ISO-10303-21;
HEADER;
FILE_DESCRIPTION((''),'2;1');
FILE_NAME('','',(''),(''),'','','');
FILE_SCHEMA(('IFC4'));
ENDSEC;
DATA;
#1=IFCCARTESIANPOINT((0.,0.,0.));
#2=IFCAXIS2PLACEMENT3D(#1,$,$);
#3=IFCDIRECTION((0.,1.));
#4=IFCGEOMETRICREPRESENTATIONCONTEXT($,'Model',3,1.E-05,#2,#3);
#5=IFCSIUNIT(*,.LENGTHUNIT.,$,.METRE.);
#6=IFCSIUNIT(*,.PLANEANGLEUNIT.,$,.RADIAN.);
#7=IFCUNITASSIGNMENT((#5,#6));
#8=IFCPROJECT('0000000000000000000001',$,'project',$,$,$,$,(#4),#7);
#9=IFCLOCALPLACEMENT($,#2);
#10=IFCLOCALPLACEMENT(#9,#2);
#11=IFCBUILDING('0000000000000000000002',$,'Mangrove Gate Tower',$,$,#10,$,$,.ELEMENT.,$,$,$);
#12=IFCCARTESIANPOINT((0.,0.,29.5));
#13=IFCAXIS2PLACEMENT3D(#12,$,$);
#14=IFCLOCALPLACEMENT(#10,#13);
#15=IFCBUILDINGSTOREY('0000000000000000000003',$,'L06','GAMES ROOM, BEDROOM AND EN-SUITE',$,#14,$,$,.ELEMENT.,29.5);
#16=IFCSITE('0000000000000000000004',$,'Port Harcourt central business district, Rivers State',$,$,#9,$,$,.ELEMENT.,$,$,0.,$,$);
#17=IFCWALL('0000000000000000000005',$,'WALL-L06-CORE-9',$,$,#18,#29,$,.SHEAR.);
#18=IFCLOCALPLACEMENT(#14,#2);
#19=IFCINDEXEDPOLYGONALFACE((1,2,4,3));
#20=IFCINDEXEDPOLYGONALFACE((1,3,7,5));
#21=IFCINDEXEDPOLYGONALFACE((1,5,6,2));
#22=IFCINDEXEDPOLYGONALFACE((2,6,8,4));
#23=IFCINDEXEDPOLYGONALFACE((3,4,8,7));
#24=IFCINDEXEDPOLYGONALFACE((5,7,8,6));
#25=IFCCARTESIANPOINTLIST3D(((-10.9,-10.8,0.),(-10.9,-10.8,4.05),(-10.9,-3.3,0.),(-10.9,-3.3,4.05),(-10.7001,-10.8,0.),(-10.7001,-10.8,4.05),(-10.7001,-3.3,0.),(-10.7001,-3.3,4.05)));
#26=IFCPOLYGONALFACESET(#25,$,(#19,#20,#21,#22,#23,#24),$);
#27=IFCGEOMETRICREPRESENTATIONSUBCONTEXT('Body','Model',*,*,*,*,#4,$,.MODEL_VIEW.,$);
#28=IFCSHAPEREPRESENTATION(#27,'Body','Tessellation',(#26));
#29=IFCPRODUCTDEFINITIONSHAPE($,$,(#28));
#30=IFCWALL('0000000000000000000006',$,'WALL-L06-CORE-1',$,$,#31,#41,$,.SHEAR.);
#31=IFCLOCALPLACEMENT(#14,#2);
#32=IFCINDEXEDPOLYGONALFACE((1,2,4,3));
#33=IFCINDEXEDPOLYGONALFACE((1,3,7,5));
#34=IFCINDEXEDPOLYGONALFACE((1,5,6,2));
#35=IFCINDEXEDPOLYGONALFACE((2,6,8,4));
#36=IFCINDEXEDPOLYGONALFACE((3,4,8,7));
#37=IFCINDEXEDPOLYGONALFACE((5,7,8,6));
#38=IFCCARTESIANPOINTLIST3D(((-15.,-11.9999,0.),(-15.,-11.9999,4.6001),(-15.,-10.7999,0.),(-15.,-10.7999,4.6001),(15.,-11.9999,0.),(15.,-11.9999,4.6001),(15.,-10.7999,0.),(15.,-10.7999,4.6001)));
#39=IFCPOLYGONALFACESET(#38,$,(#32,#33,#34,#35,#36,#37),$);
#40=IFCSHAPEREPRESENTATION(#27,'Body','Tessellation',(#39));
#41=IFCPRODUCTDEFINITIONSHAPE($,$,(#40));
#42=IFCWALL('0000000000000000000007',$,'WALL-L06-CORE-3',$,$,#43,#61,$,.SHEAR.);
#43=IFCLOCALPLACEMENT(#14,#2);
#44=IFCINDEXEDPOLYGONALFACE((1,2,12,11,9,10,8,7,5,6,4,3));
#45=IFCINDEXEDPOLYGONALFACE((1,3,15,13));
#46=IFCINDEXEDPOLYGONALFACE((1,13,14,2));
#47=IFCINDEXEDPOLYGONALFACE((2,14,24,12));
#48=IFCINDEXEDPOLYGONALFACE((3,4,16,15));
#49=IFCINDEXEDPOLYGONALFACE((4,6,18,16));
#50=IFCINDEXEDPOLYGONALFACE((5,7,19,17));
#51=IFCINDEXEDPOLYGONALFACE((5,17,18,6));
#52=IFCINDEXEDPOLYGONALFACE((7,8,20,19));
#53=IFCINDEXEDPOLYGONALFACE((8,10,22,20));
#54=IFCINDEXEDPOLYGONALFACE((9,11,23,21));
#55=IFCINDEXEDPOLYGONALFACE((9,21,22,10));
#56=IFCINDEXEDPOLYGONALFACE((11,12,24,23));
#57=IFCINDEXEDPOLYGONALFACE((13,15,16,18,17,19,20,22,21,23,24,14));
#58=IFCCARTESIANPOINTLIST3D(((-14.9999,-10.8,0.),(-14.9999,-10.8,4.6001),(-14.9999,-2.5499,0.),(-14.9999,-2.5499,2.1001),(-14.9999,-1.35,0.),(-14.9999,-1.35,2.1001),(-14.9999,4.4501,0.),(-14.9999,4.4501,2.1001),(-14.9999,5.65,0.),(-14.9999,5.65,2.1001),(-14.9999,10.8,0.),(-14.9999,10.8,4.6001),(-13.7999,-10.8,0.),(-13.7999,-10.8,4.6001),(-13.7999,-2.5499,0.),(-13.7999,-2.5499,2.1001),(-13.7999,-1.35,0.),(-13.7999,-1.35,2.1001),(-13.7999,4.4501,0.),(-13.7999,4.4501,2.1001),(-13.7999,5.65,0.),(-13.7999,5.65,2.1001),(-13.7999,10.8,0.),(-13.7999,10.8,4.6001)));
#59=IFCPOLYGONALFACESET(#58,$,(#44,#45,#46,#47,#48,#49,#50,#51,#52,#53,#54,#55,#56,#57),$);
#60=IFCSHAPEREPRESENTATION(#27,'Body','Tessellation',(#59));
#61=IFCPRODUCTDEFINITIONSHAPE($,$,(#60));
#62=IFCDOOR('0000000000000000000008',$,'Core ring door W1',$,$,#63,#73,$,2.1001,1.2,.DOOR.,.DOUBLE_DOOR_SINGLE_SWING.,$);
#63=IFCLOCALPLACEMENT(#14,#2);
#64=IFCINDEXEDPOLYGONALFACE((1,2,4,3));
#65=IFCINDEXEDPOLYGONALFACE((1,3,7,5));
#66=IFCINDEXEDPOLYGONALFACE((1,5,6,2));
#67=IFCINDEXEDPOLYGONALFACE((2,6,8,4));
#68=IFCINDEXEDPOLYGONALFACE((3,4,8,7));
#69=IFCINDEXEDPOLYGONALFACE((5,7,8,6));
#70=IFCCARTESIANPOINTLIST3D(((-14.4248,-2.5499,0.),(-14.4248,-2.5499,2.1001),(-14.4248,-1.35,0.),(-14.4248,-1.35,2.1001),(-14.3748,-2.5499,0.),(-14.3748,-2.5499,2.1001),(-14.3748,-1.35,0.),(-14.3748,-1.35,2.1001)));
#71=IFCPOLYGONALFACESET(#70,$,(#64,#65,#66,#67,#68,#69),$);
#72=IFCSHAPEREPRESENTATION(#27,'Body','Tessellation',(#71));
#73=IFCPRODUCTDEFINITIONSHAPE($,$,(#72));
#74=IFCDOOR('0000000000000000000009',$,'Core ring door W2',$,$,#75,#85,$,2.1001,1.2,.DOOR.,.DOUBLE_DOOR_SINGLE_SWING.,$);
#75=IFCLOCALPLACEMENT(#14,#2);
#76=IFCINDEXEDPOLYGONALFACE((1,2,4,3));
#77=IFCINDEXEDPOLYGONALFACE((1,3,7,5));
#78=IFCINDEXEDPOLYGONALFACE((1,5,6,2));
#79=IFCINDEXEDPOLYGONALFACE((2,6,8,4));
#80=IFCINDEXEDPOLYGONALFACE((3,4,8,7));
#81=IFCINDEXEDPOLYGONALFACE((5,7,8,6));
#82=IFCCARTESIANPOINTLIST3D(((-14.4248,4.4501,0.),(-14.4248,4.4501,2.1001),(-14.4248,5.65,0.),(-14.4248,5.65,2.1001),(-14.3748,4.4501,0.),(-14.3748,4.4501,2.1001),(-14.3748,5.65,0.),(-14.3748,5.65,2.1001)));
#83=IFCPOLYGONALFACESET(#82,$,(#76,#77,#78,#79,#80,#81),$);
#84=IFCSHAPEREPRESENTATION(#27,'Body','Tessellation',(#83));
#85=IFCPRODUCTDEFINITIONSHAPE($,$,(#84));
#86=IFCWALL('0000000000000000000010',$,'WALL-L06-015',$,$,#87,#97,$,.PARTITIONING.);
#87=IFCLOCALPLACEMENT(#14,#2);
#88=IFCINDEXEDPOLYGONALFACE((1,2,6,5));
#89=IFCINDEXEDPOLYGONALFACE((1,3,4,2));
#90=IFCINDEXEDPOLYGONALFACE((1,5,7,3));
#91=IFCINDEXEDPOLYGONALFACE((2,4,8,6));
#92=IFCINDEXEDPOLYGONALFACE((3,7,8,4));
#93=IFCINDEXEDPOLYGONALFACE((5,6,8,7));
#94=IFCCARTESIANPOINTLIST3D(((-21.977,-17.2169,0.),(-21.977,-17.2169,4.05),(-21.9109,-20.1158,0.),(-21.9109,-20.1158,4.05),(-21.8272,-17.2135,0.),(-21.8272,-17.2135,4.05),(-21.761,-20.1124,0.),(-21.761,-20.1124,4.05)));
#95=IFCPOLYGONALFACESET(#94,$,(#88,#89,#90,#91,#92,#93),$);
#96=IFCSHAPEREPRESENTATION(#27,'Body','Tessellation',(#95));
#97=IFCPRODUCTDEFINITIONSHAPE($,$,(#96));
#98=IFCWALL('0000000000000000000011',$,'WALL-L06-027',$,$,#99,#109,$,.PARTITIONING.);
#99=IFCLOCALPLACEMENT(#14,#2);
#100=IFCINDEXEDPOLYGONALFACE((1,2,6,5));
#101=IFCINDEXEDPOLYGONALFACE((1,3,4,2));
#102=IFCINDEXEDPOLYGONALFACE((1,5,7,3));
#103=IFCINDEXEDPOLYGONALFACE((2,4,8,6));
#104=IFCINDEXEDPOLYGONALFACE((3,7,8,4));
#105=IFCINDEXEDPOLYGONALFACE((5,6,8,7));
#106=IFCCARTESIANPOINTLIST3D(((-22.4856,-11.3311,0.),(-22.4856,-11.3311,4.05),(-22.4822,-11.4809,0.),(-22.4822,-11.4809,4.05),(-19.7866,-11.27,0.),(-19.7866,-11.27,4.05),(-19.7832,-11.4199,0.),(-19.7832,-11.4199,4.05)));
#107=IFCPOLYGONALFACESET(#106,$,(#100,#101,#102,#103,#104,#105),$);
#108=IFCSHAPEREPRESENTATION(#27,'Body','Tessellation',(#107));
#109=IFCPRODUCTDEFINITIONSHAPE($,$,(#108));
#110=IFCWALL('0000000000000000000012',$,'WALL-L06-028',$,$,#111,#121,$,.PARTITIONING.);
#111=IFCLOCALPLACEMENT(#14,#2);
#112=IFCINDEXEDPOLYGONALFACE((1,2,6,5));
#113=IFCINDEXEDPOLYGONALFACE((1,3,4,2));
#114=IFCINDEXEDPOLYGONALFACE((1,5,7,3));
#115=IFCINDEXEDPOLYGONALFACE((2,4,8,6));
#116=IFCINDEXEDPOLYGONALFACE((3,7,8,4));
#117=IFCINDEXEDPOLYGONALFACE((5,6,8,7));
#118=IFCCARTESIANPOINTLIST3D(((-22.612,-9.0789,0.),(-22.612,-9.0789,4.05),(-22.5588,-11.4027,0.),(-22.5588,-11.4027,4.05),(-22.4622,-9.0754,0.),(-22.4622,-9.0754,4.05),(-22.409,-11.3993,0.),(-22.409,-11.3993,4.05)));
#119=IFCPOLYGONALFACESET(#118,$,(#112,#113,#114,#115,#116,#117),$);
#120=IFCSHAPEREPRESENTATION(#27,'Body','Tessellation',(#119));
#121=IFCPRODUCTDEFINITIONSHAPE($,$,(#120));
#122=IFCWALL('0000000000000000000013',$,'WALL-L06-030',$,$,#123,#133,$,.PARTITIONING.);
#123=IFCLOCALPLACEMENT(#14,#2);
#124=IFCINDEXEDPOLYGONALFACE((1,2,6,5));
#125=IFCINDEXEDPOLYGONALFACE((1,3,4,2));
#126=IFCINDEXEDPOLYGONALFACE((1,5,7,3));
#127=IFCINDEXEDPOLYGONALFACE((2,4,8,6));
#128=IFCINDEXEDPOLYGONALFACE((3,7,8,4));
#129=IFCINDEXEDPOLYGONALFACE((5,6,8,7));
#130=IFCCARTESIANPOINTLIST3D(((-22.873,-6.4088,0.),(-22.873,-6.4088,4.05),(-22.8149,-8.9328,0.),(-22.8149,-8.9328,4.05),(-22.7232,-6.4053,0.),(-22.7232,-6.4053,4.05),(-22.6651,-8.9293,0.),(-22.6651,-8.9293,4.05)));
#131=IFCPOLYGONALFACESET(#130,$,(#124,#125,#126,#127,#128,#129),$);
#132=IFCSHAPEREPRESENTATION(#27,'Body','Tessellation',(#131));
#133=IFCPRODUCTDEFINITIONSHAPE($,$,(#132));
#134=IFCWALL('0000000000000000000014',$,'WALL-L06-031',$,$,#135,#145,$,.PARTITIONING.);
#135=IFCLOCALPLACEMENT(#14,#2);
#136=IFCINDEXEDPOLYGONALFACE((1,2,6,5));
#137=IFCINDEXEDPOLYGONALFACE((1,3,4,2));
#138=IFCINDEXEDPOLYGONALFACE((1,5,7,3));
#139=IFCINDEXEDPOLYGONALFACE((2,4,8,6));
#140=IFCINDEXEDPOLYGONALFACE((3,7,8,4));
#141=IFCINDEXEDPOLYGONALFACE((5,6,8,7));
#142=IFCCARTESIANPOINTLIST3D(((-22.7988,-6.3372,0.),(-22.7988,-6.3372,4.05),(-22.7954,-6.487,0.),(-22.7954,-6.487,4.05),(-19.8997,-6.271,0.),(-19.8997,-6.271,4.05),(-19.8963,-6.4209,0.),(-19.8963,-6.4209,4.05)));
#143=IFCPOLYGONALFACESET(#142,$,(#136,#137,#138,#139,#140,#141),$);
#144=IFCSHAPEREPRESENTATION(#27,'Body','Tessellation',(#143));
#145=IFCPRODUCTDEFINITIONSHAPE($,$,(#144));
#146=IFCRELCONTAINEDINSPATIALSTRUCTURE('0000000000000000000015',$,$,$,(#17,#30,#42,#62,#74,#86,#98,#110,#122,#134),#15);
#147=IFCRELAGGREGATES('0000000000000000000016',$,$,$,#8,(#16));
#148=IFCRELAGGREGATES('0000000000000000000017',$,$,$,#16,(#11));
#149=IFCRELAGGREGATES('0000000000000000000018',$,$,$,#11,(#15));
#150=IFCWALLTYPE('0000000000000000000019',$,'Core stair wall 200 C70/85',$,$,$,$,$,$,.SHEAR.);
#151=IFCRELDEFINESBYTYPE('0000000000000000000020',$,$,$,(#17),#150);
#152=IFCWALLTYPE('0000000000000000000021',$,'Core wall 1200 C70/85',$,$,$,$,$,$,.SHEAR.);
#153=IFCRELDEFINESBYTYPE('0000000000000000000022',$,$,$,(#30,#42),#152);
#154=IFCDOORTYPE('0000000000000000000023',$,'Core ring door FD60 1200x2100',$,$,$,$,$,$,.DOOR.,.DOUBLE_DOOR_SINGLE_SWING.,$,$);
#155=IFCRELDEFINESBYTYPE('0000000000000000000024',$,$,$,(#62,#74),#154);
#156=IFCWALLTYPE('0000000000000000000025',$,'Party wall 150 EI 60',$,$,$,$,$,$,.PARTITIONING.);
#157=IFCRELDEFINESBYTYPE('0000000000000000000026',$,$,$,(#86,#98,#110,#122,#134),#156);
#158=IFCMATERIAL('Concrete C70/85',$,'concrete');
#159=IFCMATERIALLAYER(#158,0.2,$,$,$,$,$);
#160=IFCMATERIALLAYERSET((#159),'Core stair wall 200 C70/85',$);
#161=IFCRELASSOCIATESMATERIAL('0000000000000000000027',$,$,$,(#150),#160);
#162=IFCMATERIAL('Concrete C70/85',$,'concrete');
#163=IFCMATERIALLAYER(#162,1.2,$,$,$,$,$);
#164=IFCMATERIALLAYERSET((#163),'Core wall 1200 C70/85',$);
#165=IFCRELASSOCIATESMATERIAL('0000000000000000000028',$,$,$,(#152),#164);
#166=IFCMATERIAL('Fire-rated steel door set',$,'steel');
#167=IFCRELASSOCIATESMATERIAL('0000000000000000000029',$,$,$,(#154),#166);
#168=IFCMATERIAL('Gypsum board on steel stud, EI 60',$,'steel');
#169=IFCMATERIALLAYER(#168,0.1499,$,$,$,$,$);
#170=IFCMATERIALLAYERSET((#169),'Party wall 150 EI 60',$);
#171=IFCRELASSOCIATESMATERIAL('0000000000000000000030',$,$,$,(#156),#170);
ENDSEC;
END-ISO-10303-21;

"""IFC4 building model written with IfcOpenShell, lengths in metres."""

from ifc_helpers import new_model, si_unit, direction, frame, frame_2d, origin, place, context, subcontext, project, spatial, rectangle, extrude, material, layer, layer_set, type_object, element, fill, save


model = new_model("IFC4")

# Units and contexts
model_context = context("Model", 3, precision=1e-05, world=origin(), true_north=direction((0.0, 1.0)))
body_context = subcontext(model_context, "Body", "Model", "MODEL_VIEW")
ifc_project = project(units=[si_unit("LENGTHUNIT", "METRE"), si_unit("PLANEANGLEUNIT", "RADIAN")], contexts=[model_context])

# Site, building, storey
site_placement = place(None, origin())
site = spatial("IfcSite", under=ifc_project, at=site_placement, Name="Port Harcourt central business district, Rivers State", CompositionType="ELEMENT", RefElevation=0.0)
building_placement = place(site_placement, origin())
building = spatial("IfcBuilding", under=site, at=building_placement, Name="Mangrove Gate Tower", CompositionType="ELEMENT")
storey_placement = place(building_placement, frame((0.0, 0.0, 29.5)))
storey = spatial("IfcBuildingStorey", under=building, at=storey_placement, Name="L06", Description="GAMES ROOM, BEDROOM AND EN-SUITE", CompositionType="ELEMENT", Elevation=29.5)

# Walls
ifc_material_1 = material(Name="Concrete C70/85", Category="concrete")
ifc_layer_1 = layer(ifc_material_1, 0.2)
ifc_layer_set_1 = layer_set([ifc_layer_1], Name="Core stair wall 200 C70/85")
wall_type_1 = type_object("IfcWallType", Name="Core stair wall 200 C70/85", PredefinedType="SHEAR", material=ifc_layer_set_1)
wall_1_placement = place(storey_placement, frame((-10.8, -10.8, 0.0), z_axis=(0.0, 0.0, 1.0), x_axis=(0.0, 1.0, 0.0)))
element("IfcWall", 1, at=wall_1_placement, inside=storey, type_object=wall_type_1, Name="WALL-L06-CORE-9", PredefinedType="SHEAR", context=body_context, shape_type="SweptSolid", body=[
    extrude(rectangle(XDim=7.5, YDim=0.2, at=frame_2d((3.75, 0.0))), origin(), (0.0, 0.0, 1.0), 4.05),
])
ifc_material_2 = material(Name="Concrete C70/85", Category="concrete")
ifc_layer_2 = layer(ifc_material_2, 1.2)
ifc_layer_set_2 = layer_set([ifc_layer_2], Name="Core wall 1200 C70/85")
wall_type_2 = type_object("IfcWallType", Name="Core wall 1200 C70/85", PredefinedType="SHEAR", material=ifc_layer_set_2)
wall_2_placement = place(storey_placement, frame((-15.0, -11.3999, 0.0), z_axis=(0.0, 0.0, 1.0), x_axis=(1.0, 0.0, 0.0)))
element("IfcWall", 2, at=wall_2_placement, inside=storey, type_object=wall_type_2, Name="WALL-L06-CORE-1", PredefinedType="SHEAR", context=body_context, shape_type="SweptSolid", body=[
    extrude(rectangle(XDim=30.0, YDim=1.2, at=frame_2d((15.0, 0.0))), origin(), (0.0, 0.0, 1.0), 4.6001),
])

# Wall, openings, doors
wall_3_placement = place(storey_placement, frame((-14.3999, -10.8, 0.0), z_axis=(0.0, 0.0, 1.0), x_axis=(0.0, 1.0, 0.0)))
wall_3 = element("IfcWall", 3, at=wall_3_placement, inside=storey, type_object=wall_type_2, Name="WALL-L06-CORE-3", PredefinedType="SHEAR", context=body_context, shape_type="SweptSolid", body=[
    extrude(rectangle(XDim=21.6001, YDim=1.2, at=frame_2d((10.8, 0.0))), origin(), (0.0, 0.0, 1.0), 4.6001),
])
opening_1_placement = place(wall_3_placement, frame((8.25, 0.0, 0.0)))
opening_1 = element("IfcOpeningElement", 4, at=opening_1_placement, cuts=wall_3, PredefinedType="OPENING", context=body_context, shape_type="SweptSolid", body=[
    extrude(rectangle(XDim=1.2, YDim=2.1001, at=frame_2d((0.6001, 1.05))), frame((0.0, 0.6099, 0.0), z_axis=(0.0, -1.0, 0.0), x_axis=(1.0, 0.0, 0.0)), (0.0, 0.0, 1.0), 1.22),
])
opening_2_placement = place(wall_3_placement, frame((15.25, 0.0, 0.0)))
opening_2 = element("IfcOpeningElement", 5, at=opening_2_placement, cuts=wall_3, PredefinedType="OPENING", context=body_context, shape_type="SweptSolid", body=[
    extrude(rectangle(XDim=1.2, YDim=2.1001, at=frame_2d((0.6001, 1.05))), frame((0.0, 0.6099, 0.0), z_axis=(0.0, -1.0, 0.0), x_axis=(1.0, 0.0, 0.0)), (0.0, 0.0, 1.0), 1.22),
])
ifc_material_3 = material(Name="Fire-rated steel door set", Category="steel")
door_type_1 = type_object("IfcDoorType", Name="Core ring door FD60 1200x2100", OperationType="DOUBLE_DOOR_SINGLE_SWING", PredefinedType="DOOR", material=ifc_material_3)
door_1_placement = place(opening_1_placement, origin())
door_1 = element("IfcDoor", 6, at=door_1_placement, inside=storey, type_object=door_type_1, Name="Core ring door W1", OperationType="DOUBLE_DOOR_SINGLE_SWING", OverallHeight=2.1001, OverallWidth=1.2, PredefinedType="DOOR", context=body_context, shape_type="SweptSolid", body=[
    extrude(rectangle(XDim=1.2, YDim=2.1001, at=frame_2d((0.6001, 1.05))), frame((0.0, 0.0249, 0.0), z_axis=(0.0, -1.0, 0.0), x_axis=(1.0, 0.0, 0.0)), (0.0, 0.0, 1.0), 0.05),
])
fill(opening_1, door_1)
door_2_placement = place(opening_2_placement, origin())
door_2 = element("IfcDoor", 7, at=door_2_placement, inside=storey, type_object=door_type_1, Name="Core ring door W2", OperationType="DOUBLE_DOOR_SINGLE_SWING", OverallHeight=2.1001, OverallWidth=1.2, PredefinedType="DOOR", context=body_context, shape_type="SweptSolid", body=[
    extrude(rectangle(XDim=1.2, YDim=2.1001, at=frame_2d((0.6001, 1.05))), frame((0.0, 0.0249, 0.0), z_axis=(0.0, -1.0, 0.0), x_axis=(1.0, 0.0, 0.0)), (0.0, 0.0, 1.0), 0.05),
])
fill(opening_2, door_2)

# Walls
ifc_material_4 = material(Name="Gypsum board on steel stud, EI 60", Category="steel")
ifc_layer_3 = layer(ifc_material_4, 0.1499)
ifc_layer_set_3 = layer_set([ifc_layer_3], Name="Party wall 150 EI 60")
wall_type_3 = type_object("IfcWallType", Name="Party wall 150 EI 60", PredefinedType="PARTITIONING", material=ifc_layer_set_3)
wall_4_placement = place(storey_placement, frame((-21.8359, -20.114, 0.0), z_axis=(0.0, 0.0, 1.0), x_axis=(-0.022817, 0.99974, 0.0)))
element("IfcWall", 8, at=wall_4_placement, inside=storey, type_object=wall_type_3, Name="WALL-L06-015", PredefinedType="PARTITIONING", context=body_context, shape_type="SweptSolid", body=[
    extrude(rectangle(XDim=2.8997, YDim=0.1499, at=frame_2d((1.4497, 0.0))), origin(), (0.0, 0.0, 1.0), 4.05),
])
wall_5_placement = place(storey_placement, frame((-22.4839, -11.406, 0.0), z_axis=(0.0, 0.0, 1.0), x_axis=(0.999744, 0.022608, 0.0)))
element("IfcWall", 9, at=wall_5_placement, inside=storey, type_object=wall_type_3, Name="WALL-L06-027", PredefinedType="PARTITIONING", context=body_context, shape_type="SweptSolid", body=[
    extrude(rectangle(XDim=2.6997, YDim=0.1499, at=frame_2d((1.3499, 0.0))), origin(), (0.0, 0.0, 1.0), 4.05),
])
wall_6_placement = place(storey_placement, frame((-22.4839, -11.4009, 0.0), z_axis=(0.0, 0.0, 1.0), x_axis=(-0.022896, 0.999738, 0.0)))
element("IfcWall", 10, at=wall_6_placement, inside=storey, type_object=wall_type_3, Name="WALL-L06-028", PredefinedType="PARTITIONING", context=body_context, shape_type="SweptSolid", body=[
    extrude(rectangle(XDim=2.3245, YDim=0.1499, at=frame_2d((1.1621, 0.0))), origin(), (0.0, 0.0, 1.0), 4.05),
])
wall_7_placement = place(storey_placement, frame((-22.74, -8.9309, 0.0), z_axis=(0.0, 0.0, 1.0), x_axis=(-0.023016, 0.999735, 0.0)))
element("IfcWall", 11, at=wall_7_placement, inside=storey, type_object=wall_type_3, Name="WALL-L06-030", PredefinedType="PARTITIONING", context=body_context, shape_type="SweptSolid", body=[
    extrude(rectangle(XDim=2.5247, YDim=0.1499, at=frame_2d((1.2622, 0.0))), origin(), (0.0, 0.0, 1.0), 4.05),
])
wall_8_placement = place(storey_placement, frame((-22.7971, -6.4121, 0.0), z_axis=(0.0, 0.0, 1.0), x_axis=(0.99974, 0.022815, 0.0)))
element("IfcWall", 12, at=wall_8_placement, inside=storey, type_object=wall_type_3, Name="WALL-L06-031", PredefinedType="PARTITIONING", context=body_context, shape_type="SweptSolid", body=[
    extrude(rectangle(XDim=2.8999, YDim=0.1499, at=frame_2d((1.45, 0.0))), origin(), (0.0, 0.0, 1.0), 4.05),
])

save(model, "model.ifc")
